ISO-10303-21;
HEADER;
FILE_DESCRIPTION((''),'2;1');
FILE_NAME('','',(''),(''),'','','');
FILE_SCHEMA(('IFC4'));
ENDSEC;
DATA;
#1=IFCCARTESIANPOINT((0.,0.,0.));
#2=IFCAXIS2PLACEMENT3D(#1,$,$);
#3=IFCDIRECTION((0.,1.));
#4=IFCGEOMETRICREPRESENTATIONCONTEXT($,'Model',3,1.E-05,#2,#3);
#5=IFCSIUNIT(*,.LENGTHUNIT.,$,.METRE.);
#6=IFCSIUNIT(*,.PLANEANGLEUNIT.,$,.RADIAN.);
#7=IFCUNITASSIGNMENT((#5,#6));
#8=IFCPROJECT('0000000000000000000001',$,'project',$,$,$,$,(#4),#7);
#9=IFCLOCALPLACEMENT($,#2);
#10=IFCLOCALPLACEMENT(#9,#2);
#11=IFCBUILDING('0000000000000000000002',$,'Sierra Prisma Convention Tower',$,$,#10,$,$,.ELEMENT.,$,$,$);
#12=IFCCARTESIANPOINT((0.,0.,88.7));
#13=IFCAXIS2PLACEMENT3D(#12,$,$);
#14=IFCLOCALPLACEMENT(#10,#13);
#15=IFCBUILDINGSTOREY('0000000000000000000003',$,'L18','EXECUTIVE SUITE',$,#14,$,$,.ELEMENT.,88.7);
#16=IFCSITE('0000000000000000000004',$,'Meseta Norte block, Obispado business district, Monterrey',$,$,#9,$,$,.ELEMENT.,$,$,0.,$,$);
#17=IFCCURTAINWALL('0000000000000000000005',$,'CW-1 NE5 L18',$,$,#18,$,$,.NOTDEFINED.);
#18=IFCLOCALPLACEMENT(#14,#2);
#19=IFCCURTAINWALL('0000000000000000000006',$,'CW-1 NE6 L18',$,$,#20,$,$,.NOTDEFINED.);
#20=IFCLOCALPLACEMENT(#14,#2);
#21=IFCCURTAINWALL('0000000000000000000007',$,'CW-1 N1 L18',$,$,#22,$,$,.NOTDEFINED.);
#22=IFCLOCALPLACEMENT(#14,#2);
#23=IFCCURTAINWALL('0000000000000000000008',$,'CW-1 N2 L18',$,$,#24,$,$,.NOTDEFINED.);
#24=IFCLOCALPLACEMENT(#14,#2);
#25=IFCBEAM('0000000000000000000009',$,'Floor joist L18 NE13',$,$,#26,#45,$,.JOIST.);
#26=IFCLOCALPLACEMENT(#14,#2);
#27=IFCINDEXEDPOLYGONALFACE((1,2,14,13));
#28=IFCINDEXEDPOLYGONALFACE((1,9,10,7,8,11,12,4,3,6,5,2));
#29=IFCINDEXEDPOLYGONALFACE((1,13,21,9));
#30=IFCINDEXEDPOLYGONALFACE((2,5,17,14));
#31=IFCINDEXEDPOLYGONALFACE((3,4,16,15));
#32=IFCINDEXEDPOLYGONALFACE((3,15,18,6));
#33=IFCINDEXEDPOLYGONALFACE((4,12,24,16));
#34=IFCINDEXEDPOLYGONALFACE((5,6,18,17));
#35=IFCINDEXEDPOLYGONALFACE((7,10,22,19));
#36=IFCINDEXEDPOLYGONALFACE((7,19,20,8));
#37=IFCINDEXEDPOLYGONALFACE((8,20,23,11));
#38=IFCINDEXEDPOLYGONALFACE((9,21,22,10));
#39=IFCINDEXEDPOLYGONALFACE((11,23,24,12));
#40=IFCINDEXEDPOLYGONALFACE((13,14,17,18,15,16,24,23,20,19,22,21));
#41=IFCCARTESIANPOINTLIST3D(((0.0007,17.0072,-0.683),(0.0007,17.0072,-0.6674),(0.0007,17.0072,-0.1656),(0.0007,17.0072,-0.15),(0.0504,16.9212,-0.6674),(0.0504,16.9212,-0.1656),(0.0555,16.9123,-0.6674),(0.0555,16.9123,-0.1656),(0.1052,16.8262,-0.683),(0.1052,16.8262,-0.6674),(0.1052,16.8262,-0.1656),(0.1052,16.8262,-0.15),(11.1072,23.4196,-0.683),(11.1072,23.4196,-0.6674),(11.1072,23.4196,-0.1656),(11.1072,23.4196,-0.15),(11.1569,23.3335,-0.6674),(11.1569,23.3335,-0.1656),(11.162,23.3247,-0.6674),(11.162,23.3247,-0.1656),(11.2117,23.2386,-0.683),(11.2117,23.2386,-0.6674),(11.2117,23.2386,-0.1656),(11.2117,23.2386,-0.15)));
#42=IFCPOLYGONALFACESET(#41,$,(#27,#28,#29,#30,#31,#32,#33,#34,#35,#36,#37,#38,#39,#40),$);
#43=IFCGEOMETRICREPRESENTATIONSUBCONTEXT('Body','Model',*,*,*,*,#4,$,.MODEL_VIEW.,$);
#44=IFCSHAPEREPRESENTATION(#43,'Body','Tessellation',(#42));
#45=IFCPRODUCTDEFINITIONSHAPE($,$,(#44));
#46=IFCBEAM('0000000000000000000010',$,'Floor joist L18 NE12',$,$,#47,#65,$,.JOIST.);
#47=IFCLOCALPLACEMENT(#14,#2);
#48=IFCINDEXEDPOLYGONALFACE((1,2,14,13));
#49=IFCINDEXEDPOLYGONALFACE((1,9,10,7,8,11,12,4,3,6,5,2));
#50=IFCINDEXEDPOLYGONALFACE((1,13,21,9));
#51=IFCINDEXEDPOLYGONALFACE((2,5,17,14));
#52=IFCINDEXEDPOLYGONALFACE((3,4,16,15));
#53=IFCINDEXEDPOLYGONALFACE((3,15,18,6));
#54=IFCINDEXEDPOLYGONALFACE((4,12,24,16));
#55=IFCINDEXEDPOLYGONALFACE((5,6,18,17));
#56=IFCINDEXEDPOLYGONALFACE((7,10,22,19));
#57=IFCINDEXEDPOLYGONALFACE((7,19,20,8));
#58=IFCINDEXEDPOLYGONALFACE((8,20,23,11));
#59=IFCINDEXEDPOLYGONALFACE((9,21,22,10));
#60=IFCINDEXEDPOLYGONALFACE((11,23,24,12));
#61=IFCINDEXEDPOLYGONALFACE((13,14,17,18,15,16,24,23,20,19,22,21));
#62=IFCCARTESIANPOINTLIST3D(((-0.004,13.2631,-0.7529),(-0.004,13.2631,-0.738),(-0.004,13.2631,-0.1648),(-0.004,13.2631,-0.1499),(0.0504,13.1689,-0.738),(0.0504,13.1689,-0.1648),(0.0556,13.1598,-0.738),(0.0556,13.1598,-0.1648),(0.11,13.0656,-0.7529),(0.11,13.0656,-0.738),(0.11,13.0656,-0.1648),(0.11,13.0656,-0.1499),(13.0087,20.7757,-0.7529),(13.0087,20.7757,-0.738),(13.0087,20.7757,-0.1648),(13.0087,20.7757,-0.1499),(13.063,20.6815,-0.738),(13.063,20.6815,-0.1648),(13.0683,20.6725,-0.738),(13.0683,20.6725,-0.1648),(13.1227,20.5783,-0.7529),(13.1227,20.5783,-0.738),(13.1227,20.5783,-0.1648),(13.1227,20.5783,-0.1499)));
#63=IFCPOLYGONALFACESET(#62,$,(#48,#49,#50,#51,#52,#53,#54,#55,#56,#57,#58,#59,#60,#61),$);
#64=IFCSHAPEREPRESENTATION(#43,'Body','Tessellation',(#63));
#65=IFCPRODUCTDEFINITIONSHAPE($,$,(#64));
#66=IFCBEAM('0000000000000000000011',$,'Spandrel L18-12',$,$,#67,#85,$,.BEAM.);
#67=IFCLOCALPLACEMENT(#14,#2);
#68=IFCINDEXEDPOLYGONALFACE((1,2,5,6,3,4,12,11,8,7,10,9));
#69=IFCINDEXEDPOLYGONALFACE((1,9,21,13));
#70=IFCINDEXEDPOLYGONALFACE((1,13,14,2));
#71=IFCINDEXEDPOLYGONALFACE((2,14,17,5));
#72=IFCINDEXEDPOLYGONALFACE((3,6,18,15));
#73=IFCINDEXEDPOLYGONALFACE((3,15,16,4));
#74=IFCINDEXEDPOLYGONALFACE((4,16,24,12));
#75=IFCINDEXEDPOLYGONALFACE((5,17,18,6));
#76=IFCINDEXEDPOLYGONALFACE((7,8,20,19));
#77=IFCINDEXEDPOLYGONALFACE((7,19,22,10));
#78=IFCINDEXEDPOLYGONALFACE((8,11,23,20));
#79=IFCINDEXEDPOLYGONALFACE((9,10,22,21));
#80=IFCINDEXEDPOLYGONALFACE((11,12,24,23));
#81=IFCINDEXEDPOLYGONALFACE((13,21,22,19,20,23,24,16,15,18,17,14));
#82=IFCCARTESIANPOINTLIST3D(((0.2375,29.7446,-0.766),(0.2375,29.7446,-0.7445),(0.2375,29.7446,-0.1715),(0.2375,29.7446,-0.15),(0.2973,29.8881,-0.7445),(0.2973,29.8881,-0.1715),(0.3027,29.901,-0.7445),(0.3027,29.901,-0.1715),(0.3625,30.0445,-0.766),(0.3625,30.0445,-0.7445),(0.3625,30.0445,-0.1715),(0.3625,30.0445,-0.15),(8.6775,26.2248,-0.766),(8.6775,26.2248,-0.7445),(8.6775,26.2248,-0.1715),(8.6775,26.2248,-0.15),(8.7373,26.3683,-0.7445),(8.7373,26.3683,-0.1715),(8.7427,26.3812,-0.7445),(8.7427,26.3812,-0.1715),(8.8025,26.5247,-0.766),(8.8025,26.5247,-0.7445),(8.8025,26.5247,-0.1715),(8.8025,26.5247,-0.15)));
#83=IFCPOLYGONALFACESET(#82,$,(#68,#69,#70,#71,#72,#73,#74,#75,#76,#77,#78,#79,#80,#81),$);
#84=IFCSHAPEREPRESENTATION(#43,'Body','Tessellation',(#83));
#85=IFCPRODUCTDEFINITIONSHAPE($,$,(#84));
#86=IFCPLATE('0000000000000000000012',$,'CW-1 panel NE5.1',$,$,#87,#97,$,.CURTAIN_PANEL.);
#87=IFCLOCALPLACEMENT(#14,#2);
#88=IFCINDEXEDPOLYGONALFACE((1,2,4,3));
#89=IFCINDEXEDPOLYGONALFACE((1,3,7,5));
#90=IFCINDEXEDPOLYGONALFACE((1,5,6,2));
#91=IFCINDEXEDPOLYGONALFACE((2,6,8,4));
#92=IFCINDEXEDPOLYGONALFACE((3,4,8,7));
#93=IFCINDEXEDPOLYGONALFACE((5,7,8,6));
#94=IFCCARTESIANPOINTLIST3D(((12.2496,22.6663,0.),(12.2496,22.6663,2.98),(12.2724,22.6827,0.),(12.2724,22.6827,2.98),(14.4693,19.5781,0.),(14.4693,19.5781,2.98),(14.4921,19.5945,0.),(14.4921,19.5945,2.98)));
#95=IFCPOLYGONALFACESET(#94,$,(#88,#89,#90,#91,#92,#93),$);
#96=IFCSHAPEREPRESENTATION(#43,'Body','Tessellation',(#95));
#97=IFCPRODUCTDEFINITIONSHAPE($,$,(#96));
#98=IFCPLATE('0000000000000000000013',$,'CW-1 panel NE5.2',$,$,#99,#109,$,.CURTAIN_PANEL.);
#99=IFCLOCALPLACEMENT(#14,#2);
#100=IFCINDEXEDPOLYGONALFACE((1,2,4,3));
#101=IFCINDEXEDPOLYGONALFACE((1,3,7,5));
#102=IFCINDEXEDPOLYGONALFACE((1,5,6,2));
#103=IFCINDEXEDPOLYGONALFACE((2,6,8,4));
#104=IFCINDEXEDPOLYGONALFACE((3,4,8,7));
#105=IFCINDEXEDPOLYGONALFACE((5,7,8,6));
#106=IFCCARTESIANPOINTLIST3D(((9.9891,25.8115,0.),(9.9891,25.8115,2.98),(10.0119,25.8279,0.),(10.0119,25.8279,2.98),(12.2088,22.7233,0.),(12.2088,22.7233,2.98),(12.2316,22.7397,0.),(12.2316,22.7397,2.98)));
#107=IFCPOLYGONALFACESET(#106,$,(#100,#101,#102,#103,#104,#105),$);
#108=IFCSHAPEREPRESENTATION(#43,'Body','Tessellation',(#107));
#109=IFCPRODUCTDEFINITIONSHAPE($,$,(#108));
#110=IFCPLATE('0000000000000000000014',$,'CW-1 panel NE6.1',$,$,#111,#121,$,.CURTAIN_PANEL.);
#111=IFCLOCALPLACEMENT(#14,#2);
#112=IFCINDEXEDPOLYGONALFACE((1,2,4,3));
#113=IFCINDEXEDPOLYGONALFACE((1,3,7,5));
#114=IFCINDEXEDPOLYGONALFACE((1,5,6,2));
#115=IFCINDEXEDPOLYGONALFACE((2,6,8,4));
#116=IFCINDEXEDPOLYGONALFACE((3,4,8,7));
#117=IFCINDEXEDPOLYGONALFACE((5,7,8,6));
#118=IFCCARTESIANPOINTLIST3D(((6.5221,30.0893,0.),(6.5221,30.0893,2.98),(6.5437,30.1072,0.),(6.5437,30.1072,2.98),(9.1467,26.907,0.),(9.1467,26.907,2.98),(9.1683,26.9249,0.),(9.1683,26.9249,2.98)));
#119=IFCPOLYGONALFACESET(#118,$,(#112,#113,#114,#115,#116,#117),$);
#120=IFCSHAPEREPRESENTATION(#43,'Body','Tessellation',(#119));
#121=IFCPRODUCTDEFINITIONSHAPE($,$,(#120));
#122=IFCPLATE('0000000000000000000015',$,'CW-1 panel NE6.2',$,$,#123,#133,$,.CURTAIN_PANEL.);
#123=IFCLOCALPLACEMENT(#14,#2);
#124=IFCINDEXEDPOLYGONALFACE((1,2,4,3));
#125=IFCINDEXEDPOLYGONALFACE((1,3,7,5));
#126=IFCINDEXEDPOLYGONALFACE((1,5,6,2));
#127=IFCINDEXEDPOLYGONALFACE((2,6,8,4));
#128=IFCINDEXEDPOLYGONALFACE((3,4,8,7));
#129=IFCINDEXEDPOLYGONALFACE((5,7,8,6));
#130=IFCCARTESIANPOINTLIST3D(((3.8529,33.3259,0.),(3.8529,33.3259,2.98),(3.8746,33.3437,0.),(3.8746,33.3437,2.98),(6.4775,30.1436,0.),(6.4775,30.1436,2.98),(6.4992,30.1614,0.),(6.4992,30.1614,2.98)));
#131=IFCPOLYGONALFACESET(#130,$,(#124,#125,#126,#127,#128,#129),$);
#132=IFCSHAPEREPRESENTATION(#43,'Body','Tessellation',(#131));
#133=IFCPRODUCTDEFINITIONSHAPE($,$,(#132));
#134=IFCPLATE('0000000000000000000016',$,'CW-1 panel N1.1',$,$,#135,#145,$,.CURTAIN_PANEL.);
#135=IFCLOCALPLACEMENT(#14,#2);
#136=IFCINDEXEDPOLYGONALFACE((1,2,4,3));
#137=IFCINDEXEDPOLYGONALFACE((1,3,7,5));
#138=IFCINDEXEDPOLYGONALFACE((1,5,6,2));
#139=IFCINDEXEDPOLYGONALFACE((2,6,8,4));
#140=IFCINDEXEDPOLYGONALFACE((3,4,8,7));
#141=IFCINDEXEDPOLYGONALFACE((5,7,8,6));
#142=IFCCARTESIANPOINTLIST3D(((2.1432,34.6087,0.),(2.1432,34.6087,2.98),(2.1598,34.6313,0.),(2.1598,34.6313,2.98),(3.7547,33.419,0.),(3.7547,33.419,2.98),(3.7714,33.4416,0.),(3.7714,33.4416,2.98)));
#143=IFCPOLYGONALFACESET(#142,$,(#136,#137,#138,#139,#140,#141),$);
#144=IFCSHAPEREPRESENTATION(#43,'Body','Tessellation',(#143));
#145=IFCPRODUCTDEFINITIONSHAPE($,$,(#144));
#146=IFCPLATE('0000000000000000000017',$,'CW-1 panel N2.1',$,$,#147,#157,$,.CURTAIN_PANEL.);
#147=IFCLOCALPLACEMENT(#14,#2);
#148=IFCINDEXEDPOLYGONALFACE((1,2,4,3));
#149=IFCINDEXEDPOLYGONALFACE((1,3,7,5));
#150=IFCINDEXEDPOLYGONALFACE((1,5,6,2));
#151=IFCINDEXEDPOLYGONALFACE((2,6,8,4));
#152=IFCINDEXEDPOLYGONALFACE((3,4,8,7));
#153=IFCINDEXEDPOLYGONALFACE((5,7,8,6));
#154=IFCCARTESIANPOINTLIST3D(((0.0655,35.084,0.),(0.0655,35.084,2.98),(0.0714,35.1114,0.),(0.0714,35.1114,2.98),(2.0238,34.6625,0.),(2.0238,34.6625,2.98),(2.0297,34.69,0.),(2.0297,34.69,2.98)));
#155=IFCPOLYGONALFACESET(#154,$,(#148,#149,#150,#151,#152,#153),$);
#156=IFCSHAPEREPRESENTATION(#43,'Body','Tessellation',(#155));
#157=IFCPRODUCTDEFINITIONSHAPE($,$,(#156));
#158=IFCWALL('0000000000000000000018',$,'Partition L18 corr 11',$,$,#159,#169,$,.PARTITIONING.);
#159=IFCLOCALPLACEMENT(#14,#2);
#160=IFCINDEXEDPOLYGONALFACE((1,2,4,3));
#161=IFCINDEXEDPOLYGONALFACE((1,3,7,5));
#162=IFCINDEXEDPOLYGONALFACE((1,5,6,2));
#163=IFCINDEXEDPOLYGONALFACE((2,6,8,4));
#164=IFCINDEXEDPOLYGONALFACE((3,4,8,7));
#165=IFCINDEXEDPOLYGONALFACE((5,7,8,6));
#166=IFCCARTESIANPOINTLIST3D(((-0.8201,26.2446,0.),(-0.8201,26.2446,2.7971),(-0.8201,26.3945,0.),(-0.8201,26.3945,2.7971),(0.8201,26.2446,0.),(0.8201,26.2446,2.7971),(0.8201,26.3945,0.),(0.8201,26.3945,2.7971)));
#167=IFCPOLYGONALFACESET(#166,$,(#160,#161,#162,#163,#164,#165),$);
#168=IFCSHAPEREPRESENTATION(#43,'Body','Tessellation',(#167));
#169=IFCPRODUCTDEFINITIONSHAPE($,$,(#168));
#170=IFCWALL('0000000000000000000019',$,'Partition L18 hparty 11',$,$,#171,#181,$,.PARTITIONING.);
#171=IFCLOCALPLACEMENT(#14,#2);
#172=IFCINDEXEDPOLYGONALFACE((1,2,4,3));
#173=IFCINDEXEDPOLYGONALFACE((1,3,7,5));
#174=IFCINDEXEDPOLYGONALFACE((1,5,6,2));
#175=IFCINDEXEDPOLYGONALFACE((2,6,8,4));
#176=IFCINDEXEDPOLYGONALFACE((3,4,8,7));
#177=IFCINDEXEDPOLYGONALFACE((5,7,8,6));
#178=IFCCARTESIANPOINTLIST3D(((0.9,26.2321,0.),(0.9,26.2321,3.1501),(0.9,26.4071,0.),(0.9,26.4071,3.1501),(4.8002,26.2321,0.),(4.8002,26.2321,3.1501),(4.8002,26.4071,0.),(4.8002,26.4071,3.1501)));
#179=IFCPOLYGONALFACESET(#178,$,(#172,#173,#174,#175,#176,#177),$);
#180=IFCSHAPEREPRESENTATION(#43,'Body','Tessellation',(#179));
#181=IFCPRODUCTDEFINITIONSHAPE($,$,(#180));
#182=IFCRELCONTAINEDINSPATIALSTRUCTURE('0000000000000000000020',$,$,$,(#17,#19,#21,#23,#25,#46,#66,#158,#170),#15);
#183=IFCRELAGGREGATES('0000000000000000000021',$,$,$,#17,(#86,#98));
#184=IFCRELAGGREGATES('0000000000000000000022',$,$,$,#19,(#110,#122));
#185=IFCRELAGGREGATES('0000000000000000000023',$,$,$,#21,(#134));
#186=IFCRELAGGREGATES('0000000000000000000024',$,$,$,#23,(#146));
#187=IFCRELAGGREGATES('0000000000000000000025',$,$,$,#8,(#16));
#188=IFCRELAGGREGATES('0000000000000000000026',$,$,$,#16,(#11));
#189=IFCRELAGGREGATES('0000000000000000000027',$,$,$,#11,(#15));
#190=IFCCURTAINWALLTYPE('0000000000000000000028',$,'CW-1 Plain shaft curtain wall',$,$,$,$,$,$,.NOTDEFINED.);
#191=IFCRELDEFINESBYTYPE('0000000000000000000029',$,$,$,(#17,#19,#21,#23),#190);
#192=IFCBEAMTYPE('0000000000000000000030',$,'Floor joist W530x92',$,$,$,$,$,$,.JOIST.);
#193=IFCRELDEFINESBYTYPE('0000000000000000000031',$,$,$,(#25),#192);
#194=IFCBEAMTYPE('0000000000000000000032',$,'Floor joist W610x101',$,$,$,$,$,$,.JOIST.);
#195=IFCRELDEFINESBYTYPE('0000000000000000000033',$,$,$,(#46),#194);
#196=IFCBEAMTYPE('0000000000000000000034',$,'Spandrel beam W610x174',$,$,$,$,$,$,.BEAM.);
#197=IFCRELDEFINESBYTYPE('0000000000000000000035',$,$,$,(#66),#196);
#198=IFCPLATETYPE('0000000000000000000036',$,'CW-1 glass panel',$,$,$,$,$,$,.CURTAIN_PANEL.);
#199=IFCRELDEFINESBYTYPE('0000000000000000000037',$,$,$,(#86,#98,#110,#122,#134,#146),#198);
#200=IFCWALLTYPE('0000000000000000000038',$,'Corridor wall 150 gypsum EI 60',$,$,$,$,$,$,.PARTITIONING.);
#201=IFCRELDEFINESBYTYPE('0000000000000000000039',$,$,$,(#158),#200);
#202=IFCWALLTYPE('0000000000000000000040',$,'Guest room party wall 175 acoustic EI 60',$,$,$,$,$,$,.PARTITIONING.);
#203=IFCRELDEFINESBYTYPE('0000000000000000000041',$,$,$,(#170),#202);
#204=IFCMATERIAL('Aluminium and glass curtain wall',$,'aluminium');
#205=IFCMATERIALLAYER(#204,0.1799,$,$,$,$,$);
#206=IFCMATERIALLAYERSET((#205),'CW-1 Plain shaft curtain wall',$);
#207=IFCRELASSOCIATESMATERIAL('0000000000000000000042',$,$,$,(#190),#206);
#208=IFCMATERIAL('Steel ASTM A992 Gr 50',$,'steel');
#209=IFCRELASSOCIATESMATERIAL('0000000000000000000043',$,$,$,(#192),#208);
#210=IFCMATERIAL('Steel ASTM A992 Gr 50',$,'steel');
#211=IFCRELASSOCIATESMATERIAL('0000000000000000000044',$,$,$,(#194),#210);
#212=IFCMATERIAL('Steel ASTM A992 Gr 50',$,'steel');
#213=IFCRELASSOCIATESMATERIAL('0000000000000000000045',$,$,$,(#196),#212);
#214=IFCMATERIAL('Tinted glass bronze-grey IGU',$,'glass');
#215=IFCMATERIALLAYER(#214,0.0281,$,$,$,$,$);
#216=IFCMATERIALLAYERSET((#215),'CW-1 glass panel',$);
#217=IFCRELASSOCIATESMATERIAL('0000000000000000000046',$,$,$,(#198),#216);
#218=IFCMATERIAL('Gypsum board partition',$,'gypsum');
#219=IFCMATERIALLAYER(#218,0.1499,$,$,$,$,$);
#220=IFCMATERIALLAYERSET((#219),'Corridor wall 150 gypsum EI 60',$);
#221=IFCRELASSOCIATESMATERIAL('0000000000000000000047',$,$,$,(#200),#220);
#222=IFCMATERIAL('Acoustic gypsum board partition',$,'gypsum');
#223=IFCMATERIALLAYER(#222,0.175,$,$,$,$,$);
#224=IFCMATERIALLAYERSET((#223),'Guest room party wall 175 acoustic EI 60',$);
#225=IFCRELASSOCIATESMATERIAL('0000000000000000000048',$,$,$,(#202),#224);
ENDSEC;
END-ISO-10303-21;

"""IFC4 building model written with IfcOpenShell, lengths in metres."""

from ifc_helpers import new_model, si_unit, direction, frame, frame_2d, origin, origin_2d, place, context, subcontext, project, spatial, rectangle, i_section, extrude, material, layer, layer_set, material_profile, profile_set, type_object, element, aggregate, save


model = new_model("IFC4")

# Units and contexts
model_context = context("Model", 3, precision=1e-05, world=origin(), true_north=direction((0.0, 1.0)))
body_context = subcontext(model_context, "Body", "Model", "MODEL_VIEW")
ifc_project = project(units=[si_unit("LENGTHUNIT", "METRE"), si_unit("PLANEANGLEUNIT", "RADIAN")], contexts=[model_context])

# Site, building, storey
site_placement = place(None, origin())
site = spatial("IfcSite", under=ifc_project, at=site_placement, Name="Meseta Norte block, Obispado business district, Monterrey", CompositionType="ELEMENT", RefElevation=0.0)
building_placement = place(site_placement, origin())
building = spatial("IfcBuilding", under=site, at=building_placement, Name="Sierra Prisma Convention Tower", CompositionType="ELEMENT")
storey_placement = place(building_placement, frame((0.0, 0.0, 88.7)))
storey = spatial("IfcBuildingStorey", under=building, at=storey_placement, Name="L18", Description="EXECUTIVE SUITE", CompositionType="ELEMENT", Elevation=88.7)

# Curtain wall
ifc_material_1 = material(Name="Aluminium and glass curtain wall", Category="aluminium")
ifc_layer_1 = layer(ifc_material_1, 0.1799)
ifc_layer_set_1 = layer_set([ifc_layer_1], Name="CW-1 Plain shaft curtain wall")
curtain_wall_type = type_object("IfcCurtainWallType", Name="CW-1 Plain shaft curtain wall", PredefinedType="NOTDEFINED", material=ifc_layer_set_1)
curtain_wall_1_placement = place(storey_placement, origin())
curtain_wall_1 = element("IfcCurtainWall", 1, at=curtain_wall_1_placement, inside=storey, type_object=curtain_wall_type, Name="CW-1 NE5 L18", PredefinedType="NOTDEFINED")

# Curtain walls
curtain_wall_2_placement = place(storey_placement, origin())
curtain_wall_2 = element("IfcCurtainWall", 2, at=curtain_wall_2_placement, inside=storey, type_object=curtain_wall_type, Name="CW-1 NE6 L18", PredefinedType="NOTDEFINED")
curtain_wall_3_placement = place(storey_placement, origin())
curtain_wall_3 = element("IfcCurtainWall", 3, at=curtain_wall_3_placement, inside=storey, type_object=curtain_wall_type, Name="CW-1 N1 L18", PredefinedType="NOTDEFINED")
curtain_wall_4_placement = place(storey_placement, origin())
curtain_wall_4 = element("IfcCurtainWall", 4, at=curtain_wall_4_placement, inside=storey, type_object=curtain_wall_type, Name="CW-1 N2 L18", PredefinedType="NOTDEFINED")

# Beams
ifc_material_2 = material(Name="Steel ASTM A992 Gr 50", Category="steel")
ifc_material_profile_1 = material_profile(ifc_material_2, i_section(OverallWidth=0.209, OverallDepth=0.533, WebThickness=0.0103, FlangeThickness=0.0156, at=origin_2d()), Name="W530x92")
ifc_profile_set_1 = profile_set([ifc_material_profile_1], Name="Steel ASTM A992 Gr 50")
beam_type_1 = type_object("IfcBeamType", Name="Floor joist W530x92", PredefinedType="JOIST", material=ifc_profile_set_1)
beam_1_placement = place(storey_placement, frame((11.1594, 23.3291, -0.4165), z_axis=(-0.866024, -0.500003, 0.0), x_axis=(0.500003, -0.866024, 0.0)))
element("IfcBeam", 5, at=beam_1_placement, inside=storey, type_object=beam_type_1, Name="Floor joist L18 NE13", PredefinedType="JOIST", context=body_context, shape_type="SweptSolid", body=[
    extrude(i_section(OverallWidth=0.209, OverallDepth=0.533, WebThickness=0.0103, FlangeThickness=0.0156, at=origin_2d()), origin(), (0.0, 0.0, 1.0), 12.8247),
])
ifc_material_3 = material(Name="Steel ASTM A992 Gr 50", Category="steel")
ifc_material_profile_2 = material_profile(ifc_material_3, i_section(OverallWidth=0.228, OverallDepth=0.603, WebThickness=0.0105, FlangeThickness=0.0149, at=origin_2d()), Name="W610x101")
ifc_profile_set_2 = profile_set([ifc_material_profile_2], Name="Steel ASTM A992 Gr 50")
beam_type_2 = type_object("IfcBeamType", Name="Floor joist W610x101", PredefinedType="JOIST", material=ifc_profile_set_2)
beam_2_placement = place(storey_placement, frame((13.0657, 20.677, -0.4514), z_axis=(-0.866031, -0.499991, 0.0), x_axis=(0.499991, -0.866031, 0.0)))
element("IfcBeam", 6, at=beam_2_placement, inside=storey, type_object=beam_type_2, Name="Floor joist L18 NE12", PredefinedType="JOIST", context=body_context, shape_type="SweptSolid", body=[
    extrude(i_section(OverallWidth=0.228, OverallDepth=0.603, WebThickness=0.0105, FlangeThickness=0.0149, at=origin_2d()), origin(), (0.0, 0.0, 1.0), 15.0256),
])
ifc_material_4 = material(Name="Steel ASTM A992 Gr 50", Category="steel")
ifc_material_profile_3 = material_profile(ifc_material_4, i_section(OverallWidth=0.325, OverallDepth=0.616, WebThickness=0.0139, FlangeThickness=0.0215, at=origin_2d()), Name="W610x174")
ifc_profile_set_3 = profile_set([ifc_material_profile_3], Name="Steel ASTM A992 Gr 50")
beam_type_3 = type_object("IfcBeamType", Name="Spandrel beam W610x174", PredefinedType="BEAM", material=ifc_profile_set_3)
beam_3_placement = place(storey_placement, frame((8.74, 26.3748, -0.458), z_axis=(-0.922955, 0.384907, 0.0), x_axis=(-0.384907, -0.922955, 0.0)))
element("IfcBeam", 7, at=beam_3_placement, inside=storey, type_object=beam_type_3, Name="Spandrel L18-12", PredefinedType="BEAM", context=body_context, shape_type="SweptSolid", body=[
    extrude(i_section(OverallWidth=0.325, OverallDepth=0.616, WebThickness=0.0139, FlangeThickness=0.0215, at=origin_2d()), origin(), (0.0, 0.0, 1.0), 9.1445),
])

# Plates
ifc_material_5 = material(Name="Tinted glass bronze-grey IGU", Category="glass")
ifc_layer_2 = layer(ifc_material_5, 0.0281)
ifc_layer_set_2 = layer_set([ifc_layer_2], Name="CW-1 glass panel")
plate_type = type_object("IfcPlateType", Name="CW-1 glass panel", PredefinedType="CURTAIN_PANEL", material=ifc_layer_set_2)
plate_1_placement = place(storey_placement, frame((13.3708, 21.1304, 0.0), z_axis=(0.0, 0.0, 1.0), x_axis=(-0.583659, 0.811999, 0.0)))
plate_1 = element("IfcPlate", 8, at=plate_1_placement, type_object=plate_type, Name="CW-1 panel NE5.1", PredefinedType="CURTAIN_PANEL", context=body_context, shape_type="SweptSolid", body=[
    extrude(rectangle(XDim=3.8032, YDim=0.0281, at=origin_2d()), origin(), (0.0, 0.0, 1.0), 2.98),
])
plate_2_placement = place(storey_placement, frame((11.1104, 24.2756, 0.0), z_axis=(0.0, 0.0, 1.0), x_axis=(-0.583659, 0.811999, 0.0)))
plate_2 = element("IfcPlate", 9, at=plate_2_placement, type_object=plate_type, Name="CW-1 panel NE5.2", PredefinedType="CURTAIN_PANEL", context=body_context, shape_type="SweptSolid", body=[
    extrude(rectangle(XDim=3.8032, YDim=0.0281, at=origin_2d()), origin(), (0.0, 0.0, 1.0), 2.98),
])
aggregate(curtain_wall_1, [plate_1, plate_2])
plate_3_placement = place(storey_placement, frame((7.8452, 28.5071, 0.0), z_axis=(0.0, 0.0, 1.0), x_axis=(-0.636265, 0.771471, 0.0)))
plate_3 = element("IfcPlate", 10, at=plate_3_placement, type_object=plate_type, Name="CW-1 panel NE6.1", PredefinedType="CURTAIN_PANEL", context=body_context, shape_type="SweptSolid", body=[
    extrude(rectangle(XDim=4.125, YDim=0.0281, at=origin_2d()), origin(), (0.0, 0.0, 1.0), 2.98),
])
plate_4_placement = place(storey_placement, frame((5.176, 31.7437, 0.0), z_axis=(0.0, 0.0, 1.0), x_axis=(-0.636265, 0.771471, 0.0)))
plate_4 = element("IfcPlate", 11, at=plate_4_placement, type_object=plate_type, Name="CW-1 panel NE6.2", PredefinedType="CURTAIN_PANEL", context=body_context, shape_type="SweptSolid", body=[
    extrude(rectangle(XDim=4.125, YDim=0.0281, at=origin_2d()), origin(), (0.0, 0.0, 1.0), 2.98),
])
aggregate(curtain_wall_2, [plate_3, plate_4])
plate_5_placement = place(storey_placement, frame((2.9573, 34.0251, 0.0), z_axis=(0.0, 0.0, 1.0), x_axis=(-0.804505, 0.593946, 0.0)))
plate_5 = element("IfcPlate", 12, at=plate_5_placement, type_object=plate_type, Name="CW-1 panel N1.1", PredefinedType="CURTAIN_PANEL", context=body_context, shape_type="SweptSolid", body=[
    extrude(rectangle(XDim=2.0032, YDim=0.0281, at=origin_2d()), origin(), (0.0, 0.0, 1.0), 2.98),
])
aggregate(curtain_wall_3, [plate_5])
plate_6_placement = place(storey_placement, frame((1.0476, 34.887, 0.0), z_axis=(0.0, 0.0, 1.0), x_axis=(-0.977615, 0.210401, 0.0)))
plate_6 = element("IfcPlate", 13, at=plate_6_placement, type_object=plate_type, Name="CW-1 panel N2.1", PredefinedType="CURTAIN_PANEL", context=body_context, shape_type="SweptSolid", body=[
    extrude(rectangle(XDim=2.0032, YDim=0.0281, at=origin_2d()), origin(), (0.0, 0.0, 1.0), 2.98),
])
aggregate(curtain_wall_4, [plate_6])

# Walls
ifc_material_6 = material(Name="Gypsum board partition", Category="gypsum")
ifc_layer_3 = layer(ifc_material_6, 0.1499)
ifc_layer_set_3 = layer_set([ifc_layer_3], Name="Corridor wall 150 gypsum EI 60")
wall_type_1 = type_object("IfcWallType", Name="Corridor wall 150 gypsum EI 60", PredefinedType="PARTITIONING", material=ifc_layer_set_3)
wall_1_placement = place(storey_placement, frame((0.8201, 26.3196, 0.0), z_axis=(0.0, 0.0, 1.0), x_axis=(-1.0, 0.0, 0.0)))
element("IfcWall", 14, at=wall_1_placement, inside=storey, type_object=wall_type_1, Name="Partition L18 corr 11", PredefinedType="PARTITIONING", context=body_context, shape_type="SweptSolid", body=[
    extrude(rectangle(XDim=1.6401, YDim=0.1499, at=frame_2d((0.8201, 0.0))), origin(), (0.0, 0.0, 1.0), 2.7971),
])
ifc_material_7 = material(Name="Acoustic gypsum board partition", Category="gypsum")
ifc_layer_4 = layer(ifc_material_7, 0.175)
ifc_layer_set_4 = layer_set([ifc_layer_4], Name="Guest room party wall 175 acoustic EI 60")
wall_type_2 = type_object("IfcWallType", Name="Guest room party wall 175 acoustic EI 60", PredefinedType="PARTITIONING", material=ifc_layer_set_4)
wall_2_placement = place(storey_placement, frame((0.8999, 26.3196, 0.0), z_axis=(0.0, 0.0, 1.0), x_axis=(1.0, 0.0, 0.0)))
element("IfcWall", 15, at=wall_2_placement, inside=storey, type_object=wall_type_2, Name="Partition L18 hparty 11", PredefinedType="PARTITIONING", context=body_context, shape_type="SweptSolid", body=[
    extrude(rectangle(XDim=3.9001, YDim=0.175, at=frame_2d((1.9502, 0.0))), origin(), (0.0, 0.0, 1.0), 3.1501),
])

save(model, "model.ifc")
